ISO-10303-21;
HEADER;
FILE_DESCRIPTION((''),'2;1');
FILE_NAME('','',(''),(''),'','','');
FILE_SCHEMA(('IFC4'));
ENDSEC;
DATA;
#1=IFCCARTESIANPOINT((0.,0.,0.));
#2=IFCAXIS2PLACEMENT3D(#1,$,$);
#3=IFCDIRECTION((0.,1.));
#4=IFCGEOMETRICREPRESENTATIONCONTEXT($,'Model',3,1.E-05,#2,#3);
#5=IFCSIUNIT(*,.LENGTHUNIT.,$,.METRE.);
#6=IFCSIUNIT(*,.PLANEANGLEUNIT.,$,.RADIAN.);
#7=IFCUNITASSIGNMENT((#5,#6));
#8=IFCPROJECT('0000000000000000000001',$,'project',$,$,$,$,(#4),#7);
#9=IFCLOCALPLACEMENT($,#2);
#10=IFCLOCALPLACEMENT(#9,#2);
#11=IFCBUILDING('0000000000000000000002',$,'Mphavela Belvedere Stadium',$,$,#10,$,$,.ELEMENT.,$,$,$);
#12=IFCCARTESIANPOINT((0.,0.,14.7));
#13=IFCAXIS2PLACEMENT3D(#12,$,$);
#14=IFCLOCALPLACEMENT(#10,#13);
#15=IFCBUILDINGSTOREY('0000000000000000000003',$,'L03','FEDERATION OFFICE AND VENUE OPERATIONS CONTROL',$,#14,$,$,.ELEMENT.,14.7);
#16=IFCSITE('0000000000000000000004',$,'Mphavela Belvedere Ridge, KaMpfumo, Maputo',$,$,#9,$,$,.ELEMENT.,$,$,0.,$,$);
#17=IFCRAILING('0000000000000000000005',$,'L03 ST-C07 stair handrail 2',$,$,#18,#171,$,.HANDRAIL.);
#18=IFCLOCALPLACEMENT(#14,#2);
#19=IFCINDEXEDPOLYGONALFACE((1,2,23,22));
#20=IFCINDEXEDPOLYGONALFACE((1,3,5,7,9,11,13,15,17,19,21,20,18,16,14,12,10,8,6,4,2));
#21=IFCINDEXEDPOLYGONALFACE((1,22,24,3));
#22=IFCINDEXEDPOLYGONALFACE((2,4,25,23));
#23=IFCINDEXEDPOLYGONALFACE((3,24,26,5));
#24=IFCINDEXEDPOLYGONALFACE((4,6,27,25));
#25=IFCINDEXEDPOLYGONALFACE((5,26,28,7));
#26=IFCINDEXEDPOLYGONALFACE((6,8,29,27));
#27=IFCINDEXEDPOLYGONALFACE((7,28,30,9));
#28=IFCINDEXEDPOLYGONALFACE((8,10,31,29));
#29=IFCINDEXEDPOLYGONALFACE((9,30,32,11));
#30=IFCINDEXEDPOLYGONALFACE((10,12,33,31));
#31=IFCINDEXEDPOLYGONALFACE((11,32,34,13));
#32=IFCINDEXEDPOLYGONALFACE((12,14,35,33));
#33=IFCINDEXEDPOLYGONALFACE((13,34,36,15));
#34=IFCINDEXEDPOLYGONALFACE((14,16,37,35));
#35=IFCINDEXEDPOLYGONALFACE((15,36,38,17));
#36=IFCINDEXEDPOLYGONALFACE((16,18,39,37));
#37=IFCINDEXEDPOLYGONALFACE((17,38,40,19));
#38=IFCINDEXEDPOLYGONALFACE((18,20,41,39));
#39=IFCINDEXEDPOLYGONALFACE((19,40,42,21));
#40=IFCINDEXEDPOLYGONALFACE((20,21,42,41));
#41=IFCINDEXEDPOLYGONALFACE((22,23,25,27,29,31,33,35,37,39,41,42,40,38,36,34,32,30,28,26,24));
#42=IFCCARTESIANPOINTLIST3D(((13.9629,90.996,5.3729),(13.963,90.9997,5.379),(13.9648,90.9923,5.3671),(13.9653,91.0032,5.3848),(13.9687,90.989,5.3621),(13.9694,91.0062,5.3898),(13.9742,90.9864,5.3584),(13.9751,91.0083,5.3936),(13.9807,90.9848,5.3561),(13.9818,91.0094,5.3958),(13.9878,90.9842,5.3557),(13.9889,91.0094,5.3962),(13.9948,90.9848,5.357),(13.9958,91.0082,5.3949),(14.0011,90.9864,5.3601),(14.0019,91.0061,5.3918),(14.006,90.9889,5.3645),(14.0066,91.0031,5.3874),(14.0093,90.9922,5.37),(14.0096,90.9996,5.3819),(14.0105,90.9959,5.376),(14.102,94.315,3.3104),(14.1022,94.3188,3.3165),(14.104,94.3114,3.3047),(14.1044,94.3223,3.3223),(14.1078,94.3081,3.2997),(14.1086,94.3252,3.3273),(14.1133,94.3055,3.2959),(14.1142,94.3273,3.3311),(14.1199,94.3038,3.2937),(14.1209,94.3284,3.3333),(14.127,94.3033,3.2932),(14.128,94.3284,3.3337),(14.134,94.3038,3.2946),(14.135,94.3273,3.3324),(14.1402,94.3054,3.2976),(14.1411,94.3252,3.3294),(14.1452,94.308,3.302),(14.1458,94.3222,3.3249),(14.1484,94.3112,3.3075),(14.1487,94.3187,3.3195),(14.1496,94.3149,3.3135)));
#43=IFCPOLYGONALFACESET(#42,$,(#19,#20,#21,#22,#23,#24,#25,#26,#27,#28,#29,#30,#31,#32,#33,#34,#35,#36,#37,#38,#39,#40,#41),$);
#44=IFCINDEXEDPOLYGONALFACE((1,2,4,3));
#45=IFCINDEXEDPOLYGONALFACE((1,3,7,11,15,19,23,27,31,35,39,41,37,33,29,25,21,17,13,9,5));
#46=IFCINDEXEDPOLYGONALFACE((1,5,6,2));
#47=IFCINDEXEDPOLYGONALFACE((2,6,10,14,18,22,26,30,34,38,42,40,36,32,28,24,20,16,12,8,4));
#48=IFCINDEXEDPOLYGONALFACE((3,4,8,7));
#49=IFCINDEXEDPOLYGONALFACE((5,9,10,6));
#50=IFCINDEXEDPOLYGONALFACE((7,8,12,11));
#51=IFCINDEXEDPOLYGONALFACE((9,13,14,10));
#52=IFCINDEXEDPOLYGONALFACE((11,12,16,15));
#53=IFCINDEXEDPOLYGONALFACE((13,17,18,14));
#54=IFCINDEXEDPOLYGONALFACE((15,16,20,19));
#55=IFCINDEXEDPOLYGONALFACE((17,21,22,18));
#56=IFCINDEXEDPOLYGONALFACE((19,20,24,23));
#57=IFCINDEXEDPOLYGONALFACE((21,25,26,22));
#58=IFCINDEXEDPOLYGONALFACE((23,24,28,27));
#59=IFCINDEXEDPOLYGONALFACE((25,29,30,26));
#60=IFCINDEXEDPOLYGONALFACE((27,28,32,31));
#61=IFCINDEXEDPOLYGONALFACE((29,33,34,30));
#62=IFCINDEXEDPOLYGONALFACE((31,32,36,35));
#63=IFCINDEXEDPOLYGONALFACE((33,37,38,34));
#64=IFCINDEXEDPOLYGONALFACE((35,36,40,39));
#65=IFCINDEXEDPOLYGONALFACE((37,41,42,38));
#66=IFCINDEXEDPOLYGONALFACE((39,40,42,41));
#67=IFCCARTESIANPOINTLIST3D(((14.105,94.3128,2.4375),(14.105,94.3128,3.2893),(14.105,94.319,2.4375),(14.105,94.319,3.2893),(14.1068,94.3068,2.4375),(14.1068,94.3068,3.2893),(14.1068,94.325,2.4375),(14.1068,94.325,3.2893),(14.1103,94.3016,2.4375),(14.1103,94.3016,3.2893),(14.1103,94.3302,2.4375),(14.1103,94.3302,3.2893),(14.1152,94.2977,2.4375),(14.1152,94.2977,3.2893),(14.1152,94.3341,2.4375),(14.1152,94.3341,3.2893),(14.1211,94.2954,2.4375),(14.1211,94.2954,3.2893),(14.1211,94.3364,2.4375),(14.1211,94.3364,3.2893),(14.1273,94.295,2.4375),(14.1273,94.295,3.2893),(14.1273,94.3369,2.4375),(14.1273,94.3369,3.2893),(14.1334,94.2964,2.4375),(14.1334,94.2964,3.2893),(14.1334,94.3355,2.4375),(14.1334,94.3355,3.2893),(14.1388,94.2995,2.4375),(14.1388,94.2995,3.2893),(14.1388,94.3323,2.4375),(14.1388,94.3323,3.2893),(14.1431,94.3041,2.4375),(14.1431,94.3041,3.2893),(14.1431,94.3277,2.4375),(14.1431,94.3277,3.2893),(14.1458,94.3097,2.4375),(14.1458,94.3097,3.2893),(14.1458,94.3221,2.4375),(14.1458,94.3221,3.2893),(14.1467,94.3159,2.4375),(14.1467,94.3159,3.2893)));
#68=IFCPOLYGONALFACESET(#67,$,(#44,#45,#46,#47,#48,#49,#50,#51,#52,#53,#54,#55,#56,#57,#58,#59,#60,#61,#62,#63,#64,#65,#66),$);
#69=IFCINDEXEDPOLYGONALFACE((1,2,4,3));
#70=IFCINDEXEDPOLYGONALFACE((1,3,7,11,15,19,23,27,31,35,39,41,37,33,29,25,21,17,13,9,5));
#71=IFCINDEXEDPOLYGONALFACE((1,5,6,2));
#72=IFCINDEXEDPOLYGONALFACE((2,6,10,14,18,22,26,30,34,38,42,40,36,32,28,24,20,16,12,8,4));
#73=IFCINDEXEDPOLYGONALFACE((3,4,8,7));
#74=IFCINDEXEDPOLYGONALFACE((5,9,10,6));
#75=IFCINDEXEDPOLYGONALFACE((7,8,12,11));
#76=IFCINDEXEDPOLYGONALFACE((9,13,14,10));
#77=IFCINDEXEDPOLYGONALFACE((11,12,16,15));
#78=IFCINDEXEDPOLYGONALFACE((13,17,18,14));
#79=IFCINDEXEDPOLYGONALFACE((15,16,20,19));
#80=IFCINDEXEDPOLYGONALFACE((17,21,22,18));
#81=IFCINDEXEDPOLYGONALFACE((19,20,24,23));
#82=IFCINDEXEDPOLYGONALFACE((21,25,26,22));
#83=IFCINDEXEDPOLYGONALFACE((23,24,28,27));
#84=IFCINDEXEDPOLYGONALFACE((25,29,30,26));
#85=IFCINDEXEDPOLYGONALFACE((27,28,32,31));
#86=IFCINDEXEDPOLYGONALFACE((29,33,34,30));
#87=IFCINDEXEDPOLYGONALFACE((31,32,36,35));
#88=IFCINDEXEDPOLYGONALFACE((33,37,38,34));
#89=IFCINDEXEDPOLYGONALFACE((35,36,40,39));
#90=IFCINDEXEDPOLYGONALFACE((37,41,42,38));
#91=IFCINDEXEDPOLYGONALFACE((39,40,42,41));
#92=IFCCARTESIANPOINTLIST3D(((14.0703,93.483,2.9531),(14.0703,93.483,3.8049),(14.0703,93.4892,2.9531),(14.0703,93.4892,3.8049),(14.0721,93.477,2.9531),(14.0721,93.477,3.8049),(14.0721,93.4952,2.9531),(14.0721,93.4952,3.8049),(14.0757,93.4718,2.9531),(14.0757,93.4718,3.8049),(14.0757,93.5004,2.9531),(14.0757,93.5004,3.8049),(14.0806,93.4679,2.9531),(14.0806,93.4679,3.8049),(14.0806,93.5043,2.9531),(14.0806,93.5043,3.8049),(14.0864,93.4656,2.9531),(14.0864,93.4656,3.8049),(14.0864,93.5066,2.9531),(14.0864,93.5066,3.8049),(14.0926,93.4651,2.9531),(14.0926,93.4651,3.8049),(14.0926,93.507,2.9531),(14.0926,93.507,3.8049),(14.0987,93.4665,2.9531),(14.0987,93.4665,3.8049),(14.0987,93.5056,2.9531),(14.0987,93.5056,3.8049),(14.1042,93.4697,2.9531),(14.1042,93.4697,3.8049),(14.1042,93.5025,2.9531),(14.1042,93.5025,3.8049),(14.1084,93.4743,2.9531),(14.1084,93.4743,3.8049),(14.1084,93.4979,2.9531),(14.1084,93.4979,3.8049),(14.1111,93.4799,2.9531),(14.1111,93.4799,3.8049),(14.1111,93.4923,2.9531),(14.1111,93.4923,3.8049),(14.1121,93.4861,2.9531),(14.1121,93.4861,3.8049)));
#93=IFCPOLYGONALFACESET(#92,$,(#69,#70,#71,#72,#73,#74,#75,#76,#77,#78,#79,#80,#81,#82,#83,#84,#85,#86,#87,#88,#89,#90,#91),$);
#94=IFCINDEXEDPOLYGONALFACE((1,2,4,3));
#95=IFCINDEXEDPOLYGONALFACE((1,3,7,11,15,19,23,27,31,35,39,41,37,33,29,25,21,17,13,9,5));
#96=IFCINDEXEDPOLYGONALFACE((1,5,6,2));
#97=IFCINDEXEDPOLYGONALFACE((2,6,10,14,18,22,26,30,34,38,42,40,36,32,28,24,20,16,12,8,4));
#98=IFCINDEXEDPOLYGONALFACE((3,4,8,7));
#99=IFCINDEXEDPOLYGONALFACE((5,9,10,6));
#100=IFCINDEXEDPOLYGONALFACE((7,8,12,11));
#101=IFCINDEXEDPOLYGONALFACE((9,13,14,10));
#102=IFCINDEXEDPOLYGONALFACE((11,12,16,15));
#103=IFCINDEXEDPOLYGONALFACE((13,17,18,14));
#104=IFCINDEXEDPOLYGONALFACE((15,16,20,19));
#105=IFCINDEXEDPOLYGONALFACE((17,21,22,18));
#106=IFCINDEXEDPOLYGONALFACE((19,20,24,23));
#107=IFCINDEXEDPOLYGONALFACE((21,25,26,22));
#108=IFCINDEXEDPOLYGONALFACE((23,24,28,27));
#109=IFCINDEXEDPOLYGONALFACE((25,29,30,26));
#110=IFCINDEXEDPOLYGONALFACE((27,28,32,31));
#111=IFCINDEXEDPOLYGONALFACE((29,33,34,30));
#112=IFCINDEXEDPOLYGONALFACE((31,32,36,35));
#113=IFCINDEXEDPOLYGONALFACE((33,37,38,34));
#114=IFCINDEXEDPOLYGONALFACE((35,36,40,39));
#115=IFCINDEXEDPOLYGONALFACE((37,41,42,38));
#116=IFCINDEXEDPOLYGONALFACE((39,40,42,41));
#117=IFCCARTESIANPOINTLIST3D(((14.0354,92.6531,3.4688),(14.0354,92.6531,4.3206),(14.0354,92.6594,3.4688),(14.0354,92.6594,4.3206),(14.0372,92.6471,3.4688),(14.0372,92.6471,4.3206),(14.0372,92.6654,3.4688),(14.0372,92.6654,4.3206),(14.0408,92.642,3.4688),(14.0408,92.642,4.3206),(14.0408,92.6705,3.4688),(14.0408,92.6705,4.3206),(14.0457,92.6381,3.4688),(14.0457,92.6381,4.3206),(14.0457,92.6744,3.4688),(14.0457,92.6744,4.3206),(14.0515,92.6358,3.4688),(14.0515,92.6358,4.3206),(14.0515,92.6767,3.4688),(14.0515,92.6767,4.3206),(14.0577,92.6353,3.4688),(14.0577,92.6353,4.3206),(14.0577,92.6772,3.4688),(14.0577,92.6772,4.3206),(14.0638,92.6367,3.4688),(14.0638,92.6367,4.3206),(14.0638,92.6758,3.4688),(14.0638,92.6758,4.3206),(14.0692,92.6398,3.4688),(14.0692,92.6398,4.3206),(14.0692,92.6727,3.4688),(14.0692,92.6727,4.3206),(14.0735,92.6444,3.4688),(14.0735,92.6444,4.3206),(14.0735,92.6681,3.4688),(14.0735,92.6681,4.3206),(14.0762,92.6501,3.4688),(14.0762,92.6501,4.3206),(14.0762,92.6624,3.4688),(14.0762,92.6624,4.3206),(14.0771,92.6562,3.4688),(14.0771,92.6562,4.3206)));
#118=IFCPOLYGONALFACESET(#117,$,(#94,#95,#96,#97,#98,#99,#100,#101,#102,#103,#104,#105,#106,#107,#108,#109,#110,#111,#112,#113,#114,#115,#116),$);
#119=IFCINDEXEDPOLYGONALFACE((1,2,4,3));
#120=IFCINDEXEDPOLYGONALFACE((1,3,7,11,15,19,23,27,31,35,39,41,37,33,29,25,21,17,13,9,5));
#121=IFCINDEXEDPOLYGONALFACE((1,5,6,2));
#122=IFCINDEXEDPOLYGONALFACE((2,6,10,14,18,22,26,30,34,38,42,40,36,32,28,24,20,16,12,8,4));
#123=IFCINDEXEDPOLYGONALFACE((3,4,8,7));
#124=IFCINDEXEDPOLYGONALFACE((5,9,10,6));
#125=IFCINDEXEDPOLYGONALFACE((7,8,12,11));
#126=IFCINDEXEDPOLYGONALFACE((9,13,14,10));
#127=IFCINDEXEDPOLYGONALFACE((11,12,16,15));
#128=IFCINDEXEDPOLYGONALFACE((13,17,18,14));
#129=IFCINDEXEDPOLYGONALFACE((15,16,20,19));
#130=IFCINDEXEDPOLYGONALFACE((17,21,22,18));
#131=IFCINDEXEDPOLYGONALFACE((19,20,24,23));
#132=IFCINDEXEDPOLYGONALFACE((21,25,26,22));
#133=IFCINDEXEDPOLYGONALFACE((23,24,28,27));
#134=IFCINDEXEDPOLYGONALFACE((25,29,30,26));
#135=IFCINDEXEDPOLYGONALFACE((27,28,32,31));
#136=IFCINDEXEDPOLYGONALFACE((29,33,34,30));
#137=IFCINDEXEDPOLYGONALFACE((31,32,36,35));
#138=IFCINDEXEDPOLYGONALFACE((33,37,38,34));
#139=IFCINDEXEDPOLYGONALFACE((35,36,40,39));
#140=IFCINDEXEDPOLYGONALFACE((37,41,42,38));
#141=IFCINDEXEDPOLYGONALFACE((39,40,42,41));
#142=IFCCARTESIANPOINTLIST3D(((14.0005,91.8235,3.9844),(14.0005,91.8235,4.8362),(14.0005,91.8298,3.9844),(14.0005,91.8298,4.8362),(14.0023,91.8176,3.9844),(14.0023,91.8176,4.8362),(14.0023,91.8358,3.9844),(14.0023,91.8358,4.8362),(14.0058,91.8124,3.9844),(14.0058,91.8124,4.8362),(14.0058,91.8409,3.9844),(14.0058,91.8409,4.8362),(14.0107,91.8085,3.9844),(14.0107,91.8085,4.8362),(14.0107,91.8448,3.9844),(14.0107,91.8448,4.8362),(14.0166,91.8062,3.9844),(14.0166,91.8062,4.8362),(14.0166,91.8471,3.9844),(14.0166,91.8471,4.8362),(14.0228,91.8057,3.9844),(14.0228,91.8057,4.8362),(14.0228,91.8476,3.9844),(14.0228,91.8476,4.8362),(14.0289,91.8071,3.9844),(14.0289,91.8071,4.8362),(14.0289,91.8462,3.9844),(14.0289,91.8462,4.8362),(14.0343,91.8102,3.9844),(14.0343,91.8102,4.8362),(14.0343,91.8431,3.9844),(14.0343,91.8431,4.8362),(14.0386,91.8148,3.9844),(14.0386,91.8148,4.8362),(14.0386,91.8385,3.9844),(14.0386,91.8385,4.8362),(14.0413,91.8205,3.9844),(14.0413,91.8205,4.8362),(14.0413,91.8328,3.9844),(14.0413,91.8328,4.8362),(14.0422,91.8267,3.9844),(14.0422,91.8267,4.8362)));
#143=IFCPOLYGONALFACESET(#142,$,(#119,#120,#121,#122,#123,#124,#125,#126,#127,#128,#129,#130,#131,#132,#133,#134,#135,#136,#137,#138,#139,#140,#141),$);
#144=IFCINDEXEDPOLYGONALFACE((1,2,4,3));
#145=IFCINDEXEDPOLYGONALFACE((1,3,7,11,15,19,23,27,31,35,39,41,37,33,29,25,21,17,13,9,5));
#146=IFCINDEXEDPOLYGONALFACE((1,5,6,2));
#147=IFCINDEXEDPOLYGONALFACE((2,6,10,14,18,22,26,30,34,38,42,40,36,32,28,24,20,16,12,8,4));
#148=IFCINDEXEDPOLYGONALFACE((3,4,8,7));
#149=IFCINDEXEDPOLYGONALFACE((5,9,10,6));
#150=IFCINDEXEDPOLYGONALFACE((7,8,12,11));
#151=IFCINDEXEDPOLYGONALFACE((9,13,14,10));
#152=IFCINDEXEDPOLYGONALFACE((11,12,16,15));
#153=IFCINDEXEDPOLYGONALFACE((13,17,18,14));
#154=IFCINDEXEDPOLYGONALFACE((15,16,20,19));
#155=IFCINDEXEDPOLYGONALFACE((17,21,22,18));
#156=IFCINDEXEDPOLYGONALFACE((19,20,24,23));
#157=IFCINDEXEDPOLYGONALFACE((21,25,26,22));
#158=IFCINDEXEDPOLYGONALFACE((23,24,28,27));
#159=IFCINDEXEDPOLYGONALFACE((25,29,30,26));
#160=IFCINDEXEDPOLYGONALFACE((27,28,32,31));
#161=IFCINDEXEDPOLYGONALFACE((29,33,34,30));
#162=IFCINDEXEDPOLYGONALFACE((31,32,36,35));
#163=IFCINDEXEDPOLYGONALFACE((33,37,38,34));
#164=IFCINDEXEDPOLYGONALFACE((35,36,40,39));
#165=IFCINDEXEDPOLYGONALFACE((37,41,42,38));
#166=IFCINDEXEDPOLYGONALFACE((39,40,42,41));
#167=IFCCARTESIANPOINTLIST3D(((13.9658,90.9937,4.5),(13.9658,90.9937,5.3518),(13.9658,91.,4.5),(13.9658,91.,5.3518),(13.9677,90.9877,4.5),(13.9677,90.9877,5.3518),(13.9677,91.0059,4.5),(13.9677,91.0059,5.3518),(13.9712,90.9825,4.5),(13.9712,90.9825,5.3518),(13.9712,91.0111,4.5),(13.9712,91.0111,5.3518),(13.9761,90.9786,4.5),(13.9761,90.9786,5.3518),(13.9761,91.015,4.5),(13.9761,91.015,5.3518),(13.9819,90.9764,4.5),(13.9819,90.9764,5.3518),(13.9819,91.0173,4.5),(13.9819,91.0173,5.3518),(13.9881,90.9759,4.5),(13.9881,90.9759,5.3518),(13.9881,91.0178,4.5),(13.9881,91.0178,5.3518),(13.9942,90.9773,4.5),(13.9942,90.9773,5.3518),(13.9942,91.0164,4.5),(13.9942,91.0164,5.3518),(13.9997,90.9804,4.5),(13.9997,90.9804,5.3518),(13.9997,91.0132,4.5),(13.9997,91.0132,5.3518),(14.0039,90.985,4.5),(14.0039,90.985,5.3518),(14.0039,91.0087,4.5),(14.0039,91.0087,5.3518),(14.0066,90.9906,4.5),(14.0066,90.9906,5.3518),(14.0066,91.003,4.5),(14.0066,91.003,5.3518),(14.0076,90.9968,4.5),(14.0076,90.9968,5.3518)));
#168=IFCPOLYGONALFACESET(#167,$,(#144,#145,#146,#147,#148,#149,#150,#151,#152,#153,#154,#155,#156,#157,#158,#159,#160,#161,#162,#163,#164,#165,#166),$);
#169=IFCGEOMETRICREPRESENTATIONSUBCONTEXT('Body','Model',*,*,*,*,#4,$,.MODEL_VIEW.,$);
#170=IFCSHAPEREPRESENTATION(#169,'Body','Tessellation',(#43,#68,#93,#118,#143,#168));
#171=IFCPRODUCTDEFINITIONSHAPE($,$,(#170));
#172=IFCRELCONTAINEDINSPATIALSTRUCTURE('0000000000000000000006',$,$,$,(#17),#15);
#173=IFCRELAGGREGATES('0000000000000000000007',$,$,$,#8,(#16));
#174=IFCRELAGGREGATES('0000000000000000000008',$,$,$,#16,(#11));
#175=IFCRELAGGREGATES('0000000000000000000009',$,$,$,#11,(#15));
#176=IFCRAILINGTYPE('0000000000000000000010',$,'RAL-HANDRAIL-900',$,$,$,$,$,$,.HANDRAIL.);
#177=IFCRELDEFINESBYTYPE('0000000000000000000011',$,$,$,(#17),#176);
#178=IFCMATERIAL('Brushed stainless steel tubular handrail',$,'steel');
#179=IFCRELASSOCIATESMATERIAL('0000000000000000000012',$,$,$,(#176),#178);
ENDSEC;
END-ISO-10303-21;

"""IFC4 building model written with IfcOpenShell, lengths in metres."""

from ifc_helpers import new_model, si_unit, direction, frame, origin, origin_2d, place, context, subcontext, project, spatial, circle, extrude, material, type_object, element, save


model = new_model("IFC4")

# Units and contexts
model_context = context("Model", 3, precision=1e-05, world=origin(), true_north=direction((0.0, 1.0)))
body_context = subcontext(model_context, "Body", "Model", "MODEL_VIEW")
ifc_project = project(units=[si_unit("LENGTHUNIT", "METRE"), si_unit("PLANEANGLEUNIT", "RADIAN")], contexts=[model_context])

# Site, building, storey
site_placement = place(None, origin())
site = spatial("IfcSite", under=ifc_project, at=site_placement, Name="Mphavela Belvedere Ridge, KaMpfumo, Maputo", CompositionType="ELEMENT", RefElevation=0.0)
building_placement = place(site_placement, origin())
building = spatial("IfcBuilding", under=site, at=building_placement, Name="Mphavela Belvedere Stadium", CompositionType="ELEMENT")
storey_placement = place(building_placement, frame((0.0, 0.0, 14.7)))
storey = spatial("IfcBuildingStorey", under=building, at=storey_placement, Name="L03", Description="FEDERATION OFFICE AND VENUE OPERATIONS CONTROL", CompositionType="ELEMENT", Elevation=14.7)

# Railing
ifc_material_1 = material(Name="Brushed stainless steel tubular handrail", Category="steel")
railing_type = type_object("IfcRailingType", Name="RAL-HANDRAIL-900", PredefinedType="HANDRAIL", material=ifc_material_1)
railing_placement = place(storey_placement, frame((14.1257, 94.3159, 2.4375)))
element("IfcRailing", 1, at=railing_placement, inside=storey, type_object=railing_type, Name="L03 ST-C07 stair handrail 2", PredefinedType="HANDRAIL", context=body_context, shape_type="SweptSolid", body=[
    extrude(circle(Radius=0.0239, at=origin_2d()), frame((0.0, 0.0, 0.876), z_axis=(-0.035589, -0.84883, 0.527467), x_axis=(0.999122, -0.04189, 0.0)), (0.0, 0.0, 1.0), 3.9102),
    extrude(circle(Radius=0.021, at=origin_2d()), origin(), (0.0, 0.0, 1.0), 0.8518),
    extrude(circle(Radius=0.021, at=origin_2d()), frame((-0.0347, -0.8298, 0.5156)), (0.0, 0.0, 1.0), 0.8518),
    extrude(circle(Radius=0.021, at=origin_2d()), frame((-0.0696, -1.6597, 1.0312)), (0.0, 0.0, 1.0), 0.8518),
    extrude(circle(Radius=0.021, at=origin_2d()), frame((-0.1045, -2.4893, 1.5469)), (0.0, 0.0, 1.0), 0.8518),
    extrude(circle(Radius=0.021, at=origin_2d()), frame((-0.1392, -3.3191, 2.0625)), (0.0, 0.0, 1.0), 0.8518),
])

save(model, "model.ifc")
